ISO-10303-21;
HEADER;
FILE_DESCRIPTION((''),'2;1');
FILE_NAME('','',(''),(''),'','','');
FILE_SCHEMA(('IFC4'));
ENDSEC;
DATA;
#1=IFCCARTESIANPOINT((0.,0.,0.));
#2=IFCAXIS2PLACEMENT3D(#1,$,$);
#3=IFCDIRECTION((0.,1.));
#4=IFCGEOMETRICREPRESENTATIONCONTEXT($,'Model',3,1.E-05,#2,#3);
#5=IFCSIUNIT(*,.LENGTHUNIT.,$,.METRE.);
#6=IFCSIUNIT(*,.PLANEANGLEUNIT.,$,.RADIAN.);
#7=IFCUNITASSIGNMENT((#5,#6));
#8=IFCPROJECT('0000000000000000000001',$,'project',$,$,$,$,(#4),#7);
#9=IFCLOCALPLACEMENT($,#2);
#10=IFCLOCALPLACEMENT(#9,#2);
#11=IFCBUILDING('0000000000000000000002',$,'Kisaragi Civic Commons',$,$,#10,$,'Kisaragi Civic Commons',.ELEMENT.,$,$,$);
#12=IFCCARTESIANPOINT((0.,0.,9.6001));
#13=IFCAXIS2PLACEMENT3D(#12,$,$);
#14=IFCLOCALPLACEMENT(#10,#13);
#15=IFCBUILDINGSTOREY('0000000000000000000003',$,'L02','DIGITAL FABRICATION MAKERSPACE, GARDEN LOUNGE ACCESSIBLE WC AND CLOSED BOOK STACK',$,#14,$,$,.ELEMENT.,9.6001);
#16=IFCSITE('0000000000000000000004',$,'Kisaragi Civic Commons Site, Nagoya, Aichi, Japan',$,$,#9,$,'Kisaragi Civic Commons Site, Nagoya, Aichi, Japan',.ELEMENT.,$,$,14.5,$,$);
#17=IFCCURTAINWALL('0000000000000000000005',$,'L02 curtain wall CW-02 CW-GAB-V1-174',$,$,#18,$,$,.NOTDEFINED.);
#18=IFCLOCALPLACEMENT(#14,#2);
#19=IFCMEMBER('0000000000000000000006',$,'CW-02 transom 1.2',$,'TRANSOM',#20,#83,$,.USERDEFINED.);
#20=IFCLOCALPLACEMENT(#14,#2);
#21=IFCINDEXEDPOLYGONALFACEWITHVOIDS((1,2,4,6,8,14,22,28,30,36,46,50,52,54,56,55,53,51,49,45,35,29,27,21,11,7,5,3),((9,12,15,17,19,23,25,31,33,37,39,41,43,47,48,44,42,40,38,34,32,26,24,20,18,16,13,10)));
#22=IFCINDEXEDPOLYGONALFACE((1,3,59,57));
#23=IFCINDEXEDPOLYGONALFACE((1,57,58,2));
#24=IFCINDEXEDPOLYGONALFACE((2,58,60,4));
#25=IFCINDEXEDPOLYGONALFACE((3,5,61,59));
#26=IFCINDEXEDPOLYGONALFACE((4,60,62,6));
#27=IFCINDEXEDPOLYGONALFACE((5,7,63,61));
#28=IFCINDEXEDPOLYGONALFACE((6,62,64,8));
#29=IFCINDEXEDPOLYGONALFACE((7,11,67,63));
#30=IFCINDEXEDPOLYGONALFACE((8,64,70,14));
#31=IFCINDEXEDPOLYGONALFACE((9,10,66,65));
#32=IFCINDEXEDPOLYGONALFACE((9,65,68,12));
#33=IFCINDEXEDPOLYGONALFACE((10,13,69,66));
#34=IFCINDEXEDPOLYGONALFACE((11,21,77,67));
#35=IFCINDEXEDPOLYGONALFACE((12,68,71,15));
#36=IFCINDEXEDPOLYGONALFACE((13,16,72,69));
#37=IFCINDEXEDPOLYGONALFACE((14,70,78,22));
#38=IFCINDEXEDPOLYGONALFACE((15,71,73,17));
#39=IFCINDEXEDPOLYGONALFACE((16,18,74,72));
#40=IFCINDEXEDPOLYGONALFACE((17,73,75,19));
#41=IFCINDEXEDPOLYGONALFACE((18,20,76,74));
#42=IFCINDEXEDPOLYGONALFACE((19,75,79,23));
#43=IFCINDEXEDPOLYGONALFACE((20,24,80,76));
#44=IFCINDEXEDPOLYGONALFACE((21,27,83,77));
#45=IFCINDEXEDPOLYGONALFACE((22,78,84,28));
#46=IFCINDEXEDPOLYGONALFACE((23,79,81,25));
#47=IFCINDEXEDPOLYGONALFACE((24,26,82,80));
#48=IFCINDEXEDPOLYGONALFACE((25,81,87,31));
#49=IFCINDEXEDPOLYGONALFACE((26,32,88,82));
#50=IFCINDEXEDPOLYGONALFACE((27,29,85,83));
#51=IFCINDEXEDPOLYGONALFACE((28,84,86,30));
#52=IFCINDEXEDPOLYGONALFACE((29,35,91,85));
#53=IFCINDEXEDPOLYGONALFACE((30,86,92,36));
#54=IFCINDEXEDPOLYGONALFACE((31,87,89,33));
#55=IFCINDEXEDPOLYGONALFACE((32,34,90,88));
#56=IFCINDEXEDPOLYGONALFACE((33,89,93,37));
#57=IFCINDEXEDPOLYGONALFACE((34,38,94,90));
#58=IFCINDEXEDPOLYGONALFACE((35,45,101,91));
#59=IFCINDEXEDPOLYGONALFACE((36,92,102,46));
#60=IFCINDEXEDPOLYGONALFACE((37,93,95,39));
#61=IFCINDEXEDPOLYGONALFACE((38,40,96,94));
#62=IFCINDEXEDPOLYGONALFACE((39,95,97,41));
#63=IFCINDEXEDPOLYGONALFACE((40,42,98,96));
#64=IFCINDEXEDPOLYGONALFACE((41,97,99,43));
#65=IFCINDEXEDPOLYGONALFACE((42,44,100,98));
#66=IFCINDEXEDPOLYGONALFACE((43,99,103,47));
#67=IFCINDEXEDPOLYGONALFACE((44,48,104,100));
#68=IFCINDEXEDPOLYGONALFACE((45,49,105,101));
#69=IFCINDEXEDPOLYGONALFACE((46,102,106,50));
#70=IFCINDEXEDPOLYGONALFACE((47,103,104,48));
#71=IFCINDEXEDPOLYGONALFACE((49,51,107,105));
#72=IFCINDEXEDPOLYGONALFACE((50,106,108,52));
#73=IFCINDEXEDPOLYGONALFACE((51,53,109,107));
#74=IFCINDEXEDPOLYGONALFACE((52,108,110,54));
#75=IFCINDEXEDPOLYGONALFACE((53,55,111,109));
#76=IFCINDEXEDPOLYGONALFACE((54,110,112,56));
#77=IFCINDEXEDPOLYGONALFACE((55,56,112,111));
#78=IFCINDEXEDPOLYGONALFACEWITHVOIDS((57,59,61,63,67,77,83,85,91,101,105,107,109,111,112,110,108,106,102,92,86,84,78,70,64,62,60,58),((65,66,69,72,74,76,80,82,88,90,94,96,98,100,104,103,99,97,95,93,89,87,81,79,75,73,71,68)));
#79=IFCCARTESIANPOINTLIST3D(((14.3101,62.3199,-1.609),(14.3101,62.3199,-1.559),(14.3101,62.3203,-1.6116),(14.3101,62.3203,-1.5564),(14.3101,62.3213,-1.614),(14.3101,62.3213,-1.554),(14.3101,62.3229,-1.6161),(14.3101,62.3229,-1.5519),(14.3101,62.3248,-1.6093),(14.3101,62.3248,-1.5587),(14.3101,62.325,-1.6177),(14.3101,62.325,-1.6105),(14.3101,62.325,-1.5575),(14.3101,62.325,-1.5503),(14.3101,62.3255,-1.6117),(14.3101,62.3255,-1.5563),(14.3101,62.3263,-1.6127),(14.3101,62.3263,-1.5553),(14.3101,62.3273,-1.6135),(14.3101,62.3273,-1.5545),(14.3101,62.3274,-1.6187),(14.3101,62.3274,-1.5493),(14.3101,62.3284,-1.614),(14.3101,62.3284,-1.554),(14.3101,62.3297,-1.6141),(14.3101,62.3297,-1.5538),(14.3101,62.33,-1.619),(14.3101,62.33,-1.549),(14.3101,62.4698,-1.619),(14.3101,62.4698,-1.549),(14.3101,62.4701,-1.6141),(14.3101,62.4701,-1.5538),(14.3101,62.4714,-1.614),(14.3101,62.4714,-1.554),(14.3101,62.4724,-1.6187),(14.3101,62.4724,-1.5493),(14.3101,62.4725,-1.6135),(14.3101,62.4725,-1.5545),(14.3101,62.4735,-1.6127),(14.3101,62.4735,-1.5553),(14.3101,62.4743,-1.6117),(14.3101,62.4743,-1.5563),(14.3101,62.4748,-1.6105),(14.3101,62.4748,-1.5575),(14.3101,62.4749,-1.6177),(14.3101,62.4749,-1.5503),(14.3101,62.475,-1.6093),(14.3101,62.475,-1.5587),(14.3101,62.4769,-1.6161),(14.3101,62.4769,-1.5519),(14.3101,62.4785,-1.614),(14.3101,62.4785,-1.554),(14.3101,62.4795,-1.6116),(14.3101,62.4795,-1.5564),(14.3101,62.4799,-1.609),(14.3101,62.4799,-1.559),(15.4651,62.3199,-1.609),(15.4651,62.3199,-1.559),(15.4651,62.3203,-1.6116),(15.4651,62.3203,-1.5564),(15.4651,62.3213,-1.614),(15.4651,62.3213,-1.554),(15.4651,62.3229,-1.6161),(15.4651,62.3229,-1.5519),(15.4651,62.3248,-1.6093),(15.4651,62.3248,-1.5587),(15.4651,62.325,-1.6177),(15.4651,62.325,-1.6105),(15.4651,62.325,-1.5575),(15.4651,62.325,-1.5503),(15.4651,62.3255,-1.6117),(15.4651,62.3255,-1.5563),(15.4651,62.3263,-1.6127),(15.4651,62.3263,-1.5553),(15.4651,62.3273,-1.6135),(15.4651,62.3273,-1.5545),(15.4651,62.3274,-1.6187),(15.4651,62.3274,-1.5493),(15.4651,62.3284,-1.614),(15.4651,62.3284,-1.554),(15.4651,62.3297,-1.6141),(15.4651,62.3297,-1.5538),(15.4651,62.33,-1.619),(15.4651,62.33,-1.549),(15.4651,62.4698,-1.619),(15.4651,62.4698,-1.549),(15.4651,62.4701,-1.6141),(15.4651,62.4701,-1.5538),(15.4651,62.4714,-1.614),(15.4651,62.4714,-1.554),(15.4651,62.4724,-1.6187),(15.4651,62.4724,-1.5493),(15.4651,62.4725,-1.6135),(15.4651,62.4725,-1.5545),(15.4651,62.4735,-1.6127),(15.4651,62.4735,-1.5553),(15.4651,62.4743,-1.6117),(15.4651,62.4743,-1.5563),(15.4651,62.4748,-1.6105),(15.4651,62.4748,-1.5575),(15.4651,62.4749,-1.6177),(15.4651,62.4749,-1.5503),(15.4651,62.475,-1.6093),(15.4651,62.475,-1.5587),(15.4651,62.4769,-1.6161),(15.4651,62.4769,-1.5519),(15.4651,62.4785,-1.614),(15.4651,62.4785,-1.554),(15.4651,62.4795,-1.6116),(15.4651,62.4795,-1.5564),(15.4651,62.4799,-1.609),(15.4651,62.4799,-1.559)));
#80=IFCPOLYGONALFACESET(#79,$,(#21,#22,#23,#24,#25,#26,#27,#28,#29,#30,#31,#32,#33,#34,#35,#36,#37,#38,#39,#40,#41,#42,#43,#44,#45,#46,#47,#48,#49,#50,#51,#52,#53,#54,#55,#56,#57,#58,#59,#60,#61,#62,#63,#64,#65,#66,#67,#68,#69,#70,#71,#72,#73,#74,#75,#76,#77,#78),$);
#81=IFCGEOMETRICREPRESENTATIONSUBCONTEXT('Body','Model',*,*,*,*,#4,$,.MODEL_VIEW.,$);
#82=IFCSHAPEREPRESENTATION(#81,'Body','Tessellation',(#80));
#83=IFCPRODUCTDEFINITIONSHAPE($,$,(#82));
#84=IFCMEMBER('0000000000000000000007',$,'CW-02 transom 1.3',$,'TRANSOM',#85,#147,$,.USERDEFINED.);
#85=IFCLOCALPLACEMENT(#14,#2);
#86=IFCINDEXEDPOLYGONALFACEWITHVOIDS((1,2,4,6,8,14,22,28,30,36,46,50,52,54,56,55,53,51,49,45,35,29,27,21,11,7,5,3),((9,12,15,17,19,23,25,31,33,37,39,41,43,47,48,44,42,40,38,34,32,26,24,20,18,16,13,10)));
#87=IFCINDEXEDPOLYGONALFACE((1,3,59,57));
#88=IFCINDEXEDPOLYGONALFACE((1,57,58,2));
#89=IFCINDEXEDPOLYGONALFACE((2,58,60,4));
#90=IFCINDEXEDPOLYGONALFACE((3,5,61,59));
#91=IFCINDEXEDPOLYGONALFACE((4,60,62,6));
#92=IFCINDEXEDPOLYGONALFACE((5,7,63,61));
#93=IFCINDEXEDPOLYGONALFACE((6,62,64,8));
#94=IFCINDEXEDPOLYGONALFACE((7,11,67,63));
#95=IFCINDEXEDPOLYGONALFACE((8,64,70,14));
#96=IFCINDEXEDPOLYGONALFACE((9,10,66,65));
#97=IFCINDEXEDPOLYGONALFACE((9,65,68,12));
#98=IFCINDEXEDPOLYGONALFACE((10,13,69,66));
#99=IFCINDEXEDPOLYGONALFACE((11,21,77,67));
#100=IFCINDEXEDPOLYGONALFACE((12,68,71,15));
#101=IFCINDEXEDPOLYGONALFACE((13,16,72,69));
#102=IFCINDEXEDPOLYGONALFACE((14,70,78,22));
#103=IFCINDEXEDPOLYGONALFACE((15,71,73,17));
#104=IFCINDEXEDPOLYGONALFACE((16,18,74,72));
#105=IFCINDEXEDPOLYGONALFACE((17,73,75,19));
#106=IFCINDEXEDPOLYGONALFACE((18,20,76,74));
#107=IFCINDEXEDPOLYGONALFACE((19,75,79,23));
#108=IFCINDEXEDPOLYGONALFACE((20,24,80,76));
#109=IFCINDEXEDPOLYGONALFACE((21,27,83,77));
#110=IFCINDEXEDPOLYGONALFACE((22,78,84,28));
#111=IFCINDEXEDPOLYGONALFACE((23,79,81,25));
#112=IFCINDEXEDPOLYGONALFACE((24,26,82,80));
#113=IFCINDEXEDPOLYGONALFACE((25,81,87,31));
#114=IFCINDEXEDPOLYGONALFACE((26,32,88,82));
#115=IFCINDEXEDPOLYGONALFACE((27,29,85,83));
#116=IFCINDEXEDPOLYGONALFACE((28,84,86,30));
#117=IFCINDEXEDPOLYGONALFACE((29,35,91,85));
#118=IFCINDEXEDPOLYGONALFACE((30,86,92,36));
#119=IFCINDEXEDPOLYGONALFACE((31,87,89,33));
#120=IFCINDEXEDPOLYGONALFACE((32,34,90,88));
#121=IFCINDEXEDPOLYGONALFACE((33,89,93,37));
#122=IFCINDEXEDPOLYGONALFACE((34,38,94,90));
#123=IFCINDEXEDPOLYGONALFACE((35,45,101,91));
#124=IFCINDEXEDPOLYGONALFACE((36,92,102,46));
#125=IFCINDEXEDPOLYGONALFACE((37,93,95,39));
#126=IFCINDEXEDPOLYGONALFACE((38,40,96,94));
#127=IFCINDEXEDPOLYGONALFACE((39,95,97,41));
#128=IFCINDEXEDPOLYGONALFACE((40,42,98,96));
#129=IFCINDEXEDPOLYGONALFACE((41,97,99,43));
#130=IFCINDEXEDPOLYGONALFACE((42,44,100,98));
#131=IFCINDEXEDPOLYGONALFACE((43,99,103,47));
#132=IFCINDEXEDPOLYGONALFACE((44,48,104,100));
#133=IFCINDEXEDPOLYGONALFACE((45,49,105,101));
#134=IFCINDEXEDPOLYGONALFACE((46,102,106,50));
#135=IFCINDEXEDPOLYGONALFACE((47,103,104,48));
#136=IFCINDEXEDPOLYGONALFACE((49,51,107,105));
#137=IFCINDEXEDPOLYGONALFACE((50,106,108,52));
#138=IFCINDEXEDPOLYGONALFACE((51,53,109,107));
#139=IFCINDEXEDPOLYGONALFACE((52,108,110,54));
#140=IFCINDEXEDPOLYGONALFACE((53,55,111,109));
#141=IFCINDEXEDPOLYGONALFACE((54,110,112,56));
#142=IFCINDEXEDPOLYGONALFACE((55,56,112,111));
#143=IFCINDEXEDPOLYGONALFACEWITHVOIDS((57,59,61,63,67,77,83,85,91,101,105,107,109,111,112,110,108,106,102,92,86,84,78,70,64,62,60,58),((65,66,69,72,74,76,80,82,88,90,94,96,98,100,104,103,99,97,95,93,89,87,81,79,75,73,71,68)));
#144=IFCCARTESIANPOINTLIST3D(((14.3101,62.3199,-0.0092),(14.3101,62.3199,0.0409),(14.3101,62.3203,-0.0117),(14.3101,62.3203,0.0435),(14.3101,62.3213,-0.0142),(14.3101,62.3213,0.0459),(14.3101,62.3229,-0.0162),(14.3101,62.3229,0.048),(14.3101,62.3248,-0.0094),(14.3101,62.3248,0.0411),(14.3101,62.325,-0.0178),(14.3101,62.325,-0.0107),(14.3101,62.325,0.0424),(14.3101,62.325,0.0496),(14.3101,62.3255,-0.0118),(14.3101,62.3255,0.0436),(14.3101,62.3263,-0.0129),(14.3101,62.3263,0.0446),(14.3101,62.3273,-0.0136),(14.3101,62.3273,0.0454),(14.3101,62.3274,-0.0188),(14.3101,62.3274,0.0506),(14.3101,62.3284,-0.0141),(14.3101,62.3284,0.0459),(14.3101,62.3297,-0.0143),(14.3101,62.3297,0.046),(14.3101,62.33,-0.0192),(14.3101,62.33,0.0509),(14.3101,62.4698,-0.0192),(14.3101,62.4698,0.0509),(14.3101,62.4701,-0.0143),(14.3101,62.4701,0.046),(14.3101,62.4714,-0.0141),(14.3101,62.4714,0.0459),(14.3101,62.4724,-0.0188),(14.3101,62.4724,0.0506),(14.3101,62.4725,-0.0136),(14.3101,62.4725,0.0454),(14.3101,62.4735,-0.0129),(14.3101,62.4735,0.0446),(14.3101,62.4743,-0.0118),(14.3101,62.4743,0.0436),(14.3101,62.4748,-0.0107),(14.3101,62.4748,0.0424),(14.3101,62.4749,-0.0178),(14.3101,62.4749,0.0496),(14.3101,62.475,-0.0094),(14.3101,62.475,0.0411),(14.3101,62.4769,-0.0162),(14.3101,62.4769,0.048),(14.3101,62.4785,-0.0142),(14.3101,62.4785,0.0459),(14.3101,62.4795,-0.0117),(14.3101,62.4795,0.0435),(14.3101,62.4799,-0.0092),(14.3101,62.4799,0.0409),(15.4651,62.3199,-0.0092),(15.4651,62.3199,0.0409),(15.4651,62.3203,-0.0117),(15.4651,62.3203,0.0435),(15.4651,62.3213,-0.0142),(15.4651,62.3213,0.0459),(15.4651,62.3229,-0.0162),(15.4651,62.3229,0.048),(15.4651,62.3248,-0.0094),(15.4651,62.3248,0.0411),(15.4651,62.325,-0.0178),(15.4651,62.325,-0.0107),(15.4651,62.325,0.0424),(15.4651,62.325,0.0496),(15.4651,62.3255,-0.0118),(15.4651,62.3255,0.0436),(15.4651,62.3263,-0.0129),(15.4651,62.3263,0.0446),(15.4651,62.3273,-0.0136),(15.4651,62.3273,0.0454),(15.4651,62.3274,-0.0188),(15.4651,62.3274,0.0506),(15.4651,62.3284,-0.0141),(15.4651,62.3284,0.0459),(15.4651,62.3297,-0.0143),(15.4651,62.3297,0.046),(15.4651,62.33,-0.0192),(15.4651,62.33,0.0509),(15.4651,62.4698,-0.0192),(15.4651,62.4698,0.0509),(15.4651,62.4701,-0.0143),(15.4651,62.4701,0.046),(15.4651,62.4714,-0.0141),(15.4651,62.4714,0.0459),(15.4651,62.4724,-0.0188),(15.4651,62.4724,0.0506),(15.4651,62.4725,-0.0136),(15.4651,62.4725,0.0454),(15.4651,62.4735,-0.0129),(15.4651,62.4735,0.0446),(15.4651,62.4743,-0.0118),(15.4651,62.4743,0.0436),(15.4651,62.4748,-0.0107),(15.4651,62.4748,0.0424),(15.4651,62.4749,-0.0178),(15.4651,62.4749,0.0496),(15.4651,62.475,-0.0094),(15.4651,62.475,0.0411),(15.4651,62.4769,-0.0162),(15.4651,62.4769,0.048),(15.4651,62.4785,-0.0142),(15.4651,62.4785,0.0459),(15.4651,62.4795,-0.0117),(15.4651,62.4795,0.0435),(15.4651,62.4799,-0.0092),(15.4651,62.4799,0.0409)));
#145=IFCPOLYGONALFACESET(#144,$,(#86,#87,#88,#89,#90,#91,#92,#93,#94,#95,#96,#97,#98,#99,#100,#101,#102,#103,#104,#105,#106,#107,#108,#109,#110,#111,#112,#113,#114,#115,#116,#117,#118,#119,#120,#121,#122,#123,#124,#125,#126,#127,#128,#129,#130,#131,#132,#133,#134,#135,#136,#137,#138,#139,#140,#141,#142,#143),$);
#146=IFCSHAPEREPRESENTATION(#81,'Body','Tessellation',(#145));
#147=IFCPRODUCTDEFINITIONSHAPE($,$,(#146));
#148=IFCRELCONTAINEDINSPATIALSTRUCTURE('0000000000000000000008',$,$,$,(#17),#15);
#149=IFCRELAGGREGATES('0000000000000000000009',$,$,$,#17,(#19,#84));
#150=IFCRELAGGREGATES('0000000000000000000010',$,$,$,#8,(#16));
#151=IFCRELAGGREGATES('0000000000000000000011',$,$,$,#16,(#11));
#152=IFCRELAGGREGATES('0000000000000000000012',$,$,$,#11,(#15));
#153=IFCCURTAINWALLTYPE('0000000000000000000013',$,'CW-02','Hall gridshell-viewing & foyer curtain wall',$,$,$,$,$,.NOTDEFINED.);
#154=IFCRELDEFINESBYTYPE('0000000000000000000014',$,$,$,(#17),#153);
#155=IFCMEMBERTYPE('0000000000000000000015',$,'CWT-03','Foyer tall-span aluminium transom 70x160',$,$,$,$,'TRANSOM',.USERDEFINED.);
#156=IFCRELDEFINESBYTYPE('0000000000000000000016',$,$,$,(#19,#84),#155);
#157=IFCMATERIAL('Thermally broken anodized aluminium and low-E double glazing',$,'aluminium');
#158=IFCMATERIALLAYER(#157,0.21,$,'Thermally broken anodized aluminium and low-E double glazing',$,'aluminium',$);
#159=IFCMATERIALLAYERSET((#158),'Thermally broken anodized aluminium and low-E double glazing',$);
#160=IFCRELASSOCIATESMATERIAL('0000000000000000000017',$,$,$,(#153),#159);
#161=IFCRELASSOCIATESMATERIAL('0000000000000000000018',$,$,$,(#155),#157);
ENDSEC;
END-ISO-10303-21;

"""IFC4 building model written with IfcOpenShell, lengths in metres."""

from ifc_helpers import new_model, si_unit, direction, frame, origin, origin_2d, place, context, subcontext, project, spatial, hollow_rectangle, extrude, material, layer, layer_set, material_profile, profile_set, type_object, element, aggregate, save


model = new_model("IFC4")

# Units and contexts
model_context = context("Model", 3, precision=1e-05, world=origin(), true_north=direction((0.0, 1.0)))
body_context = subcontext(model_context, "Body", "Model", "MODEL_VIEW")
ifc_project = project(units=[si_unit("LENGTHUNIT", "METRE"), si_unit("PLANEANGLEUNIT", "RADIAN")], contexts=[model_context])

# Site, building, storey
site_placement = place(None, origin())
site = spatial("IfcSite", under=ifc_project, at=site_placement, Name="Kisaragi Civic Commons Site, Nagoya, Aichi, Japan", LongName="Kisaragi Civic Commons Site, Nagoya, Aichi, Japan", CompositionType="ELEMENT", RefElevation=14.5)
building_placement = place(site_placement, origin())
building = spatial("IfcBuilding", under=site, at=building_placement, Name="Kisaragi Civic Commons", LongName="Kisaragi Civic Commons", CompositionType="ELEMENT")
storey_placement = place(building_placement, frame((0.0, 0.0, 9.6001)))
storey = spatial("IfcBuildingStorey", under=building, at=storey_placement, Name="L02", Description="DIGITAL FABRICATION MAKERSPACE, GARDEN LOUNGE ACCESSIBLE WC AND CLOSED BOOK STACK", CompositionType="ELEMENT", Elevation=9.6001)

# Curtain wall, members
ifc_material_1 = material(Name="Thermally broken anodized aluminium and low-E double glazing", Category="aluminium")
ifc_layer_1 = layer(ifc_material_1, 0.21, Name="Thermally broken anodized aluminium and low-E double glazing", Category="aluminium")
ifc_layer_set_1 = layer_set([ifc_layer_1], Name="Thermally broken anodized aluminium and low-E double glazing")
curtain_wall_type = type_object("IfcCurtainWallType", Name="CW-02", Description="Hall gridshell-viewing & foyer curtain wall", PredefinedType="NOTDEFINED", material=ifc_layer_set_1)
curtain_wall_placement = place(storey_placement, origin())
curtain_wall = element("IfcCurtainWall", 1, at=curtain_wall_placement, inside=storey, type_object=curtain_wall_type, Name="L02 curtain wall CW-02 CW-GAB-V1-174", PredefinedType="NOTDEFINED")
ifc_material_profile_1 = material_profile(ifc_material_1, hollow_rectangle(XDim=0.1599, YDim=0.0701, WallThickness=0.0049, InnerFilletRadius=0.0049, OuterFilletRadius=0.01, at=origin_2d()), Name="CWT-70x160x5", Category="aluminium")
ifc_profile_set_1 = profile_set([ifc_material_profile_1], Name="Thermally broken anodized aluminium and low-E double glazing")
member_type_1 = type_object("IfcMemberType", Name="CWT-03", Description="Foyer tall-span aluminium transom 70x160", ElementType="TRANSOM", PredefinedType="USERDEFINED", material=ifc_profile_set_1)
member_1_placement = place(storey_placement, frame((14.3101, 62.3999, -1.584), z_axis=(1.0, 0.0, 0.0), x_axis=(0.0, 1.0, 0.0)))
member_1 = element("IfcMember", 2, at=member_1_placement, type_object=member_type_1, Name="CW-02 transom 1.2", ObjectType="TRANSOM", PredefinedType="USERDEFINED", context=body_context, shape_type="SweptSolid", body=[
    extrude(hollow_rectangle(XDim=0.1599, YDim=0.0701, WallThickness=0.0049, InnerFilletRadius=0.0049, OuterFilletRadius=0.01, at=origin_2d()), origin(), (0.0, 0.0, 1.0), 1.155),
])
member_2_placement = place(storey_placement, frame((14.3101, 62.3999, 0.0159), z_axis=(1.0, 0.0, 0.0), x_axis=(0.0, 1.0, 0.0)))
member_2 = element("IfcMember", 3, at=member_2_placement, type_object=member_type_1, Name="CW-02 transom 1.3", ObjectType="TRANSOM", PredefinedType="USERDEFINED", context=body_context, shape_type="SweptSolid", body=[
    extrude(hollow_rectangle(XDim=0.1599, YDim=0.0701, WallThickness=0.0049, InnerFilletRadius=0.0049, OuterFilletRadius=0.01, at=origin_2d()), origin(), (0.0, 0.0, 1.0), 1.155),
])

aggregate(curtain_wall, [member_1, member_2])

save(model, "model.ifc")
